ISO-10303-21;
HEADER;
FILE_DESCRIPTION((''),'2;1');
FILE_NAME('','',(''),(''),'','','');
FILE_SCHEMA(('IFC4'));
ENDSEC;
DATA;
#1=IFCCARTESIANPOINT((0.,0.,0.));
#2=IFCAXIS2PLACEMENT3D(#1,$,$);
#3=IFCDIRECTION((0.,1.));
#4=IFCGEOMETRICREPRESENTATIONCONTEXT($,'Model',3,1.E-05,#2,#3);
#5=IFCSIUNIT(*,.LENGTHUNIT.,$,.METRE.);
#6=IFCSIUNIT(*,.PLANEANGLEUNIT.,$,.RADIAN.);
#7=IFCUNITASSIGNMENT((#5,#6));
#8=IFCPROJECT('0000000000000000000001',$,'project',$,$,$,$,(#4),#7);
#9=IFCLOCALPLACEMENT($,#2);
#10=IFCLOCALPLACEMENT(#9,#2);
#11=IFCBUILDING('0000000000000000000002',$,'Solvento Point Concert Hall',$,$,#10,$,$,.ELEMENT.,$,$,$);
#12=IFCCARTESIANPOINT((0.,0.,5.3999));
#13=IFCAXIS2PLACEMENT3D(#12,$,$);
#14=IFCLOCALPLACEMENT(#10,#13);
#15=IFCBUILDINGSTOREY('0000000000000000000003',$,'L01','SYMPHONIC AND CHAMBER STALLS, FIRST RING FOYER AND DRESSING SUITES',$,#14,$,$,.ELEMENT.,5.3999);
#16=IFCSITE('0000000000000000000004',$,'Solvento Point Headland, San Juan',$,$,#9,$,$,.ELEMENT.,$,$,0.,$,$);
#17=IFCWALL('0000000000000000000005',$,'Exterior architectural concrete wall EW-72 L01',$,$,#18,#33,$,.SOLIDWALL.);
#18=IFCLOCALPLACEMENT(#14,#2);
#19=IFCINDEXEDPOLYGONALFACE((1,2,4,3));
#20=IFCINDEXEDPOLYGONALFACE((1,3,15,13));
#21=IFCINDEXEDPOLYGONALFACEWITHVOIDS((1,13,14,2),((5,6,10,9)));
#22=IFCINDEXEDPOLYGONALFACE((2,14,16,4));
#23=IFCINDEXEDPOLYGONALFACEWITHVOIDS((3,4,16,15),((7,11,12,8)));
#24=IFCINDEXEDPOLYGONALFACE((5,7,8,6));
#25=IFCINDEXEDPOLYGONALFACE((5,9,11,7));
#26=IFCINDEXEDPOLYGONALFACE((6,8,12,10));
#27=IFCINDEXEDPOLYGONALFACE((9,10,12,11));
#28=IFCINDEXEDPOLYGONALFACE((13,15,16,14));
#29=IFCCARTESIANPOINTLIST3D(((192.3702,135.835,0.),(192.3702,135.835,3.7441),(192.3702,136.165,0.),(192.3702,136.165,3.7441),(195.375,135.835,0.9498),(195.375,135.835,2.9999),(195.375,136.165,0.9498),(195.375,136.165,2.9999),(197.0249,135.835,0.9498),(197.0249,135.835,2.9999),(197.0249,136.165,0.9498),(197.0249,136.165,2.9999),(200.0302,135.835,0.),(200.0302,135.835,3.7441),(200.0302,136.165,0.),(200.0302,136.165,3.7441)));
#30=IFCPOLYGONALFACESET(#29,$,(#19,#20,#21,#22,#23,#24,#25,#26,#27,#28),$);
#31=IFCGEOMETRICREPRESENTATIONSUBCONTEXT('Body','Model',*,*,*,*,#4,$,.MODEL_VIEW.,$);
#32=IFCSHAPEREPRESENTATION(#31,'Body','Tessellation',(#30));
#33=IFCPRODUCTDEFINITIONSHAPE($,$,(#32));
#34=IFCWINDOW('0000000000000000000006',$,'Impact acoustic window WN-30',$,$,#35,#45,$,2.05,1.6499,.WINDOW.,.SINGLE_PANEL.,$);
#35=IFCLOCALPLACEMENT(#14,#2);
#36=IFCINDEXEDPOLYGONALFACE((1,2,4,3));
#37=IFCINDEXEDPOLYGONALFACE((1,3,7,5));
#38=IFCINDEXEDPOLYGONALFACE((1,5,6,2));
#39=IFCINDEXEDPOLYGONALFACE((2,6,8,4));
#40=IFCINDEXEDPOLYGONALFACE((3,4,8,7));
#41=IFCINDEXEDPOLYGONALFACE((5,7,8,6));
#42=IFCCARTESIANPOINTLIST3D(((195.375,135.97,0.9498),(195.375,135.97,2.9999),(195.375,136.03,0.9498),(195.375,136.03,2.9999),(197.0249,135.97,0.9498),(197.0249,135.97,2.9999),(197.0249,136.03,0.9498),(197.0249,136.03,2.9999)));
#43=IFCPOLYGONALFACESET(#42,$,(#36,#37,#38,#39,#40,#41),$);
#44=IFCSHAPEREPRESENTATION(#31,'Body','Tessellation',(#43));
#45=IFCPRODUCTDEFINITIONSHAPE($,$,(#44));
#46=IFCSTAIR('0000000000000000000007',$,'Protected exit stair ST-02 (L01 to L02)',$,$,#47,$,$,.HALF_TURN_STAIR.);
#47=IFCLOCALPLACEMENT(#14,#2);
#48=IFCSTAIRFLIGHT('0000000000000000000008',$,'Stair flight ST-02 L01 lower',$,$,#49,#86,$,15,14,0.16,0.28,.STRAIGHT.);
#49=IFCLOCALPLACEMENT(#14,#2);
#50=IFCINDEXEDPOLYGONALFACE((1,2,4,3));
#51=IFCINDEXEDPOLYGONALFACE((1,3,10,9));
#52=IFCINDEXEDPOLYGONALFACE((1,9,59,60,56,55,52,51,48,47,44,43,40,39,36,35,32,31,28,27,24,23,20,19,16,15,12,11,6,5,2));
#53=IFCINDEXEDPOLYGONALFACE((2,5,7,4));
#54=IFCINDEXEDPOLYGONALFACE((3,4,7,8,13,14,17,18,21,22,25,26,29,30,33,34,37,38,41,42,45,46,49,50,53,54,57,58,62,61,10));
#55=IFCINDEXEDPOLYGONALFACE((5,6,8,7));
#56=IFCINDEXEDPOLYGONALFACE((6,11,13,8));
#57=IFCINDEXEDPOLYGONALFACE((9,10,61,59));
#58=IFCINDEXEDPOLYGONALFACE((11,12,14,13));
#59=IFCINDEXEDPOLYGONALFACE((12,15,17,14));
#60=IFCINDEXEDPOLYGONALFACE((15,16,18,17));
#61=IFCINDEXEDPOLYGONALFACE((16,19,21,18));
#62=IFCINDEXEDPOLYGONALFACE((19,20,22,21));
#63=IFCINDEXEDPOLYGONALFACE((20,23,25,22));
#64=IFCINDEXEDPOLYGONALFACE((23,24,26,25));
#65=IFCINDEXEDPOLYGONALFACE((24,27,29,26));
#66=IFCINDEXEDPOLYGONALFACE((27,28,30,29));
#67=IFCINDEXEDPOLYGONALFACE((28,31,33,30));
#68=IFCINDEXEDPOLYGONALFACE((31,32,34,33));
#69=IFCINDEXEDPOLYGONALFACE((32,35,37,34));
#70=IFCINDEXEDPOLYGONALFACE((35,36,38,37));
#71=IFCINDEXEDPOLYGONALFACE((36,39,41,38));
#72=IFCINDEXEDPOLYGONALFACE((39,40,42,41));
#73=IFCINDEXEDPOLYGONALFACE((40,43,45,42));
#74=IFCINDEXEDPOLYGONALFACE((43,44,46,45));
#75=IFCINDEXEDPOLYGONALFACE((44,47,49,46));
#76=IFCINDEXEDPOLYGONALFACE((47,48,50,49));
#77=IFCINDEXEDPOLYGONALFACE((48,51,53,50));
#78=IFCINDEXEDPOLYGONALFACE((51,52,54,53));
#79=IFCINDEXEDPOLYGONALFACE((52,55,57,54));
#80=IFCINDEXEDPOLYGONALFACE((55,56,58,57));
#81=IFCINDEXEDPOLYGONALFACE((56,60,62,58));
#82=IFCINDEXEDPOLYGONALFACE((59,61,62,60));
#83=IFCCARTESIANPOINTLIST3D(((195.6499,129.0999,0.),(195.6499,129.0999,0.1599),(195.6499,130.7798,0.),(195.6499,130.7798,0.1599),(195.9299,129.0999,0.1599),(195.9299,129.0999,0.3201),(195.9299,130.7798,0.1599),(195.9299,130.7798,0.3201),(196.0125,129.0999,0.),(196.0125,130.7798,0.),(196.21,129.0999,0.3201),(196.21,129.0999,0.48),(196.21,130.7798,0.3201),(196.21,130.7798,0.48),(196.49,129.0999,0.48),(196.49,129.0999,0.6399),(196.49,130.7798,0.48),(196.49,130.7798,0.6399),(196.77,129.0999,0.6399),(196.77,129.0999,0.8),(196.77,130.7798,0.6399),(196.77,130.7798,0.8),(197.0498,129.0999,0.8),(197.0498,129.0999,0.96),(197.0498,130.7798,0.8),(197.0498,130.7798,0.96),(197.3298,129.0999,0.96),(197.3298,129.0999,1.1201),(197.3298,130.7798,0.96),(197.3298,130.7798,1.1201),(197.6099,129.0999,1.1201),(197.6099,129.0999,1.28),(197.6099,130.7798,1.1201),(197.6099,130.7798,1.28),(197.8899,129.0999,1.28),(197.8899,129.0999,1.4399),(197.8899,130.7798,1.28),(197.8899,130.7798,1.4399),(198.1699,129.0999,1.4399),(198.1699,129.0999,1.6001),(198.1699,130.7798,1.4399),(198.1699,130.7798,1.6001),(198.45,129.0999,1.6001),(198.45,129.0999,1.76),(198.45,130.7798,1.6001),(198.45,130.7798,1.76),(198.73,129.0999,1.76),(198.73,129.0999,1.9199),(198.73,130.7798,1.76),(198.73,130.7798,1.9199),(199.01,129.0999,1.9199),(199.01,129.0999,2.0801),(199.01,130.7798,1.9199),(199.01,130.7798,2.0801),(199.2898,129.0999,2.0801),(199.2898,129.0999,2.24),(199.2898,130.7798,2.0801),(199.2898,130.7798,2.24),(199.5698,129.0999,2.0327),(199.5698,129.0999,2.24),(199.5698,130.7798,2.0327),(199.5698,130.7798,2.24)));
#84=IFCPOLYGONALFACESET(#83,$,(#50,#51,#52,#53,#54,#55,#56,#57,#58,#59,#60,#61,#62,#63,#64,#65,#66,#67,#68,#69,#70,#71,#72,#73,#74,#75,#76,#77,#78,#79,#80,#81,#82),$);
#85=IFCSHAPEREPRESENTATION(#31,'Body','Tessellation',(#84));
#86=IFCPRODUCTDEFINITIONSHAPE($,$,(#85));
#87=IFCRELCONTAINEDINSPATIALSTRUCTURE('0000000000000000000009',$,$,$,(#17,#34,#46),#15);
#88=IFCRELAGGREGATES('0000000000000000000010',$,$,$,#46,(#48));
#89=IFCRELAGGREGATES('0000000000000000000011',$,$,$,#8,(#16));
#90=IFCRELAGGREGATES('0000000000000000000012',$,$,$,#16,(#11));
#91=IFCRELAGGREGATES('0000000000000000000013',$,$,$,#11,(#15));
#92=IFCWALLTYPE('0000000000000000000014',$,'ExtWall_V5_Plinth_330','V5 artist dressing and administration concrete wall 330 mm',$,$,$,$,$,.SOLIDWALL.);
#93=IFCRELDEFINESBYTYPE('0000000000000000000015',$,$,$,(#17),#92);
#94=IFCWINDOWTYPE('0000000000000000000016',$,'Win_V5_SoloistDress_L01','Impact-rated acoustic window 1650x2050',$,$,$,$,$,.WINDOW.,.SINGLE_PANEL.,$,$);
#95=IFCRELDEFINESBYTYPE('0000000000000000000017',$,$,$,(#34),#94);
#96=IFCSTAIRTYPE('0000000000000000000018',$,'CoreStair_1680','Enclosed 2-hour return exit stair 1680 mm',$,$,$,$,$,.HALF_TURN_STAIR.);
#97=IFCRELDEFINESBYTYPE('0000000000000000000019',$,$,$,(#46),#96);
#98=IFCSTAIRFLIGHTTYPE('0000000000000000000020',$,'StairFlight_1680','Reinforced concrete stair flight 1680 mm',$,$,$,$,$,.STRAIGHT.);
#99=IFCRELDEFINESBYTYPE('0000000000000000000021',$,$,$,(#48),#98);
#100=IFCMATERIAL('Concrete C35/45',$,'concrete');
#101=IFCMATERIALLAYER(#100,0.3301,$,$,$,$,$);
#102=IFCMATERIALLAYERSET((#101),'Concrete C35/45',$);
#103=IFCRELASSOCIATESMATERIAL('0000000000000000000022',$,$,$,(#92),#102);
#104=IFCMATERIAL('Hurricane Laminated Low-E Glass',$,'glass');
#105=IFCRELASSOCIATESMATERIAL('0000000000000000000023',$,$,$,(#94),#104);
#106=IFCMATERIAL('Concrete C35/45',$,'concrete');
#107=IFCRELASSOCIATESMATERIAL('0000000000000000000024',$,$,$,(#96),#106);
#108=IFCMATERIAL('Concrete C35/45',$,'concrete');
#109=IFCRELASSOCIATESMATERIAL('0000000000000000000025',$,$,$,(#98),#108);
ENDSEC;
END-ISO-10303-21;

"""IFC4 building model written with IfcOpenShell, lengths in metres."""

from ifc_helpers import new_model, si_unit, direction, frame, frame_2d, origin, place, context, subcontext, project, spatial, polyline, rectangle, outline, extrude, material, layer, layer_set, type_object, element, fill, aggregate, save


model = new_model("IFC4")

# Units and contexts
model_context = context("Model", 3, precision=1e-05, world=origin(), true_north=direction((0.0, 1.0)))
body_context = subcontext(model_context, "Body", "Model", "MODEL_VIEW")
ifc_project = project(units=[si_unit("LENGTHUNIT", "METRE"), si_unit("PLANEANGLEUNIT", "RADIAN")], contexts=[model_context])

# Site, building, storey
site_placement = place(None, origin())
site = spatial("IfcSite", under=ifc_project, at=site_placement, Name="Solvento Point Headland, San Juan", CompositionType="ELEMENT", RefElevation=0.0)
building_placement = place(site_placement, origin())
building = spatial("IfcBuilding", under=site, at=building_placement, Name="Solvento Point Concert Hall", CompositionType="ELEMENT")
storey_placement = place(building_placement, frame((0.0, 0.0, 5.3999)))
storey = spatial("IfcBuildingStorey", under=building, at=storey_placement, Name="L01", Description="SYMPHONIC AND CHAMBER STALLS, FIRST RING FOYER AND DRESSING SUITES", CompositionType="ELEMENT", Elevation=5.3999)

# Wall, opening, window
ifc_material_1 = material(Name="Concrete C35/45", Category="concrete")
ifc_layer_1 = layer(ifc_material_1, 0.3301)
ifc_layer_set_1 = layer_set([ifc_layer_1], Name="Concrete C35/45")
wall_type_1 = type_object("IfcWallType", Name="ExtWall_V5_Plinth_330", Description="V5 artist dressing and administration concrete wall 330 mm", PredefinedType="SOLIDWALL", material=ifc_layer_set_1)
wall_1_placement = place(storey_placement, frame((192.3701, 136.0, 0.0), z_axis=(0.0, 0.0, 1.0), x_axis=(1.0, 0.0, 0.0)))
wall_1 = element("IfcWall", 1, at=wall_1_placement, inside=storey, type_object=wall_type_1, Name="Exterior architectural concrete wall EW-72 L01", PredefinedType="SOLIDWALL", context=body_context, shape_type="SweptSolid", body=[
    extrude(rectangle(XDim=7.6599, YDim=0.3301, at=frame_2d((3.8301, 0.0))), origin(), (0.0, 0.0, 1.0), 3.7441),
])
opening_1_placement = place(wall_1_placement, frame((3.0049, 0.0, 0.95)))
opening_1 = element("IfcOpeningElement", 2, at=opening_1_placement, cuts=wall_1, PredefinedType="OPENING", context=body_context, shape_type="SweptSolid", body=[
    extrude(rectangle(XDim=1.6499, YDim=2.05, at=frame_2d((0.825, 1.0249))), frame((0.0, 0.175, 0.0), z_axis=(0.0, -1.0, 0.0), x_axis=(1.0, 0.0, 0.0)), (0.0, 0.0, 1.0), 0.3501),
])
ifc_material_2 = material(Name="Hurricane Laminated Low-E Glass", Category="glass")
window_type = type_object("IfcWindowType", Name="Win_V5_SoloistDress_L01", Description="Impact-rated acoustic window 1650x2050", PartitioningType="SINGLE_PANEL", PredefinedType="WINDOW", material=ifc_material_2)
window_placement = place(opening_1_placement, origin())
window = element("IfcWindow", 3, at=window_placement, inside=storey, type_object=window_type, Name="Impact acoustic window WN-30", OverallHeight=2.05, OverallWidth=1.6499, PartitioningType="SINGLE_PANEL", PredefinedType="WINDOW", context=body_context, shape_type="SweptSolid", body=[
    extrude(rectangle(XDim=1.6499, YDim=2.05, at=frame_2d((0.825, 1.0249))), frame((0.0, 0.03, 0.0), z_axis=(0.0, -1.0, 0.0), x_axis=(1.0, 0.0, 0.0)), (0.0, 0.0, 1.0), 0.0601),
])
fill(opening_1, window)

# Stair, stair flight
ifc_material_3 = material(Name="Concrete C35/45", Category="concrete")
stair_type = type_object("IfcStairType", Name="CoreStair_1680", Description="Enclosed 2-hour return exit stair 1680 mm", PredefinedType="HALF_TURN_STAIR", material=ifc_material_3)
stair_placement = place(storey_placement, origin())
stair = element("IfcStair", 4, at=stair_placement, inside=storey, type_object=stair_type, Name="Protected exit stair ST-02 (L01 to L02)", PredefinedType="HALF_TURN_STAIR")
ifc_material_4 = material(Name="Concrete C35/45", Category="concrete")
stair_flight_type = type_object("IfcStairFlightType", Name="StairFlight_1680", Description="Reinforced concrete stair flight 1680 mm", PredefinedType="STRAIGHT", material=ifc_material_4)
stair_flight_placement = place(storey_placement, frame((195.6499, 129.9399, 0.0), z_axis=(0.0, 0.0, 1.0), x_axis=(1.0, 0.0, 0.0)))
stair_flight = element("IfcStairFlight", 5, at=stair_flight_placement, type_object=stair_flight_type, Name="Stair flight ST-02 L01 lower", NumberOfRisers=15, NumberOfTreads=14, PredefinedType="STRAIGHT", RiserHeight=0.16, TreadLength=0.28, context=body_context, shape_type="SweptSolid", body=[
    extrude(outline(polyline([(0.0, 0.0), (0.0, 0.1599), (0.28, 0.1599), (0.28, 0.3201), (0.5601, 0.3201), (0.5601, 0.48), (0.8401, 0.48), (0.8401, 0.6399), (1.1201, 0.6399), (1.1201, 0.8), (1.3999, 0.8), (1.3999, 0.96), (1.6799, 0.96), (1.6799, 1.1201), (1.96, 1.1201), (1.96, 1.28), (2.24, 1.28), (2.24, 1.4399), (2.52, 1.4399), (2.52, 1.6001), (2.8, 1.6001), (2.8, 1.76), (3.0801, 1.76), (3.0801, 1.9199), (3.3601, 1.9199), (3.3601, 2.0801), (3.6399, 2.0801), (3.6399, 2.24), (3.9199, 2.24), (3.9199, 2.3999), (3.9199, 2.0327), (0.3625, 0.0), (0.0, 0.0)])), frame((0.0, 0.8398, 0.0), z_axis=(0.0, -1.0, 0.0), x_axis=(1.0, 0.0, 0.0)), (0.0, 0.0, 1.0), 1.6799),
])
aggregate(stair, [stair_flight])

save(model, "model.ifc")
